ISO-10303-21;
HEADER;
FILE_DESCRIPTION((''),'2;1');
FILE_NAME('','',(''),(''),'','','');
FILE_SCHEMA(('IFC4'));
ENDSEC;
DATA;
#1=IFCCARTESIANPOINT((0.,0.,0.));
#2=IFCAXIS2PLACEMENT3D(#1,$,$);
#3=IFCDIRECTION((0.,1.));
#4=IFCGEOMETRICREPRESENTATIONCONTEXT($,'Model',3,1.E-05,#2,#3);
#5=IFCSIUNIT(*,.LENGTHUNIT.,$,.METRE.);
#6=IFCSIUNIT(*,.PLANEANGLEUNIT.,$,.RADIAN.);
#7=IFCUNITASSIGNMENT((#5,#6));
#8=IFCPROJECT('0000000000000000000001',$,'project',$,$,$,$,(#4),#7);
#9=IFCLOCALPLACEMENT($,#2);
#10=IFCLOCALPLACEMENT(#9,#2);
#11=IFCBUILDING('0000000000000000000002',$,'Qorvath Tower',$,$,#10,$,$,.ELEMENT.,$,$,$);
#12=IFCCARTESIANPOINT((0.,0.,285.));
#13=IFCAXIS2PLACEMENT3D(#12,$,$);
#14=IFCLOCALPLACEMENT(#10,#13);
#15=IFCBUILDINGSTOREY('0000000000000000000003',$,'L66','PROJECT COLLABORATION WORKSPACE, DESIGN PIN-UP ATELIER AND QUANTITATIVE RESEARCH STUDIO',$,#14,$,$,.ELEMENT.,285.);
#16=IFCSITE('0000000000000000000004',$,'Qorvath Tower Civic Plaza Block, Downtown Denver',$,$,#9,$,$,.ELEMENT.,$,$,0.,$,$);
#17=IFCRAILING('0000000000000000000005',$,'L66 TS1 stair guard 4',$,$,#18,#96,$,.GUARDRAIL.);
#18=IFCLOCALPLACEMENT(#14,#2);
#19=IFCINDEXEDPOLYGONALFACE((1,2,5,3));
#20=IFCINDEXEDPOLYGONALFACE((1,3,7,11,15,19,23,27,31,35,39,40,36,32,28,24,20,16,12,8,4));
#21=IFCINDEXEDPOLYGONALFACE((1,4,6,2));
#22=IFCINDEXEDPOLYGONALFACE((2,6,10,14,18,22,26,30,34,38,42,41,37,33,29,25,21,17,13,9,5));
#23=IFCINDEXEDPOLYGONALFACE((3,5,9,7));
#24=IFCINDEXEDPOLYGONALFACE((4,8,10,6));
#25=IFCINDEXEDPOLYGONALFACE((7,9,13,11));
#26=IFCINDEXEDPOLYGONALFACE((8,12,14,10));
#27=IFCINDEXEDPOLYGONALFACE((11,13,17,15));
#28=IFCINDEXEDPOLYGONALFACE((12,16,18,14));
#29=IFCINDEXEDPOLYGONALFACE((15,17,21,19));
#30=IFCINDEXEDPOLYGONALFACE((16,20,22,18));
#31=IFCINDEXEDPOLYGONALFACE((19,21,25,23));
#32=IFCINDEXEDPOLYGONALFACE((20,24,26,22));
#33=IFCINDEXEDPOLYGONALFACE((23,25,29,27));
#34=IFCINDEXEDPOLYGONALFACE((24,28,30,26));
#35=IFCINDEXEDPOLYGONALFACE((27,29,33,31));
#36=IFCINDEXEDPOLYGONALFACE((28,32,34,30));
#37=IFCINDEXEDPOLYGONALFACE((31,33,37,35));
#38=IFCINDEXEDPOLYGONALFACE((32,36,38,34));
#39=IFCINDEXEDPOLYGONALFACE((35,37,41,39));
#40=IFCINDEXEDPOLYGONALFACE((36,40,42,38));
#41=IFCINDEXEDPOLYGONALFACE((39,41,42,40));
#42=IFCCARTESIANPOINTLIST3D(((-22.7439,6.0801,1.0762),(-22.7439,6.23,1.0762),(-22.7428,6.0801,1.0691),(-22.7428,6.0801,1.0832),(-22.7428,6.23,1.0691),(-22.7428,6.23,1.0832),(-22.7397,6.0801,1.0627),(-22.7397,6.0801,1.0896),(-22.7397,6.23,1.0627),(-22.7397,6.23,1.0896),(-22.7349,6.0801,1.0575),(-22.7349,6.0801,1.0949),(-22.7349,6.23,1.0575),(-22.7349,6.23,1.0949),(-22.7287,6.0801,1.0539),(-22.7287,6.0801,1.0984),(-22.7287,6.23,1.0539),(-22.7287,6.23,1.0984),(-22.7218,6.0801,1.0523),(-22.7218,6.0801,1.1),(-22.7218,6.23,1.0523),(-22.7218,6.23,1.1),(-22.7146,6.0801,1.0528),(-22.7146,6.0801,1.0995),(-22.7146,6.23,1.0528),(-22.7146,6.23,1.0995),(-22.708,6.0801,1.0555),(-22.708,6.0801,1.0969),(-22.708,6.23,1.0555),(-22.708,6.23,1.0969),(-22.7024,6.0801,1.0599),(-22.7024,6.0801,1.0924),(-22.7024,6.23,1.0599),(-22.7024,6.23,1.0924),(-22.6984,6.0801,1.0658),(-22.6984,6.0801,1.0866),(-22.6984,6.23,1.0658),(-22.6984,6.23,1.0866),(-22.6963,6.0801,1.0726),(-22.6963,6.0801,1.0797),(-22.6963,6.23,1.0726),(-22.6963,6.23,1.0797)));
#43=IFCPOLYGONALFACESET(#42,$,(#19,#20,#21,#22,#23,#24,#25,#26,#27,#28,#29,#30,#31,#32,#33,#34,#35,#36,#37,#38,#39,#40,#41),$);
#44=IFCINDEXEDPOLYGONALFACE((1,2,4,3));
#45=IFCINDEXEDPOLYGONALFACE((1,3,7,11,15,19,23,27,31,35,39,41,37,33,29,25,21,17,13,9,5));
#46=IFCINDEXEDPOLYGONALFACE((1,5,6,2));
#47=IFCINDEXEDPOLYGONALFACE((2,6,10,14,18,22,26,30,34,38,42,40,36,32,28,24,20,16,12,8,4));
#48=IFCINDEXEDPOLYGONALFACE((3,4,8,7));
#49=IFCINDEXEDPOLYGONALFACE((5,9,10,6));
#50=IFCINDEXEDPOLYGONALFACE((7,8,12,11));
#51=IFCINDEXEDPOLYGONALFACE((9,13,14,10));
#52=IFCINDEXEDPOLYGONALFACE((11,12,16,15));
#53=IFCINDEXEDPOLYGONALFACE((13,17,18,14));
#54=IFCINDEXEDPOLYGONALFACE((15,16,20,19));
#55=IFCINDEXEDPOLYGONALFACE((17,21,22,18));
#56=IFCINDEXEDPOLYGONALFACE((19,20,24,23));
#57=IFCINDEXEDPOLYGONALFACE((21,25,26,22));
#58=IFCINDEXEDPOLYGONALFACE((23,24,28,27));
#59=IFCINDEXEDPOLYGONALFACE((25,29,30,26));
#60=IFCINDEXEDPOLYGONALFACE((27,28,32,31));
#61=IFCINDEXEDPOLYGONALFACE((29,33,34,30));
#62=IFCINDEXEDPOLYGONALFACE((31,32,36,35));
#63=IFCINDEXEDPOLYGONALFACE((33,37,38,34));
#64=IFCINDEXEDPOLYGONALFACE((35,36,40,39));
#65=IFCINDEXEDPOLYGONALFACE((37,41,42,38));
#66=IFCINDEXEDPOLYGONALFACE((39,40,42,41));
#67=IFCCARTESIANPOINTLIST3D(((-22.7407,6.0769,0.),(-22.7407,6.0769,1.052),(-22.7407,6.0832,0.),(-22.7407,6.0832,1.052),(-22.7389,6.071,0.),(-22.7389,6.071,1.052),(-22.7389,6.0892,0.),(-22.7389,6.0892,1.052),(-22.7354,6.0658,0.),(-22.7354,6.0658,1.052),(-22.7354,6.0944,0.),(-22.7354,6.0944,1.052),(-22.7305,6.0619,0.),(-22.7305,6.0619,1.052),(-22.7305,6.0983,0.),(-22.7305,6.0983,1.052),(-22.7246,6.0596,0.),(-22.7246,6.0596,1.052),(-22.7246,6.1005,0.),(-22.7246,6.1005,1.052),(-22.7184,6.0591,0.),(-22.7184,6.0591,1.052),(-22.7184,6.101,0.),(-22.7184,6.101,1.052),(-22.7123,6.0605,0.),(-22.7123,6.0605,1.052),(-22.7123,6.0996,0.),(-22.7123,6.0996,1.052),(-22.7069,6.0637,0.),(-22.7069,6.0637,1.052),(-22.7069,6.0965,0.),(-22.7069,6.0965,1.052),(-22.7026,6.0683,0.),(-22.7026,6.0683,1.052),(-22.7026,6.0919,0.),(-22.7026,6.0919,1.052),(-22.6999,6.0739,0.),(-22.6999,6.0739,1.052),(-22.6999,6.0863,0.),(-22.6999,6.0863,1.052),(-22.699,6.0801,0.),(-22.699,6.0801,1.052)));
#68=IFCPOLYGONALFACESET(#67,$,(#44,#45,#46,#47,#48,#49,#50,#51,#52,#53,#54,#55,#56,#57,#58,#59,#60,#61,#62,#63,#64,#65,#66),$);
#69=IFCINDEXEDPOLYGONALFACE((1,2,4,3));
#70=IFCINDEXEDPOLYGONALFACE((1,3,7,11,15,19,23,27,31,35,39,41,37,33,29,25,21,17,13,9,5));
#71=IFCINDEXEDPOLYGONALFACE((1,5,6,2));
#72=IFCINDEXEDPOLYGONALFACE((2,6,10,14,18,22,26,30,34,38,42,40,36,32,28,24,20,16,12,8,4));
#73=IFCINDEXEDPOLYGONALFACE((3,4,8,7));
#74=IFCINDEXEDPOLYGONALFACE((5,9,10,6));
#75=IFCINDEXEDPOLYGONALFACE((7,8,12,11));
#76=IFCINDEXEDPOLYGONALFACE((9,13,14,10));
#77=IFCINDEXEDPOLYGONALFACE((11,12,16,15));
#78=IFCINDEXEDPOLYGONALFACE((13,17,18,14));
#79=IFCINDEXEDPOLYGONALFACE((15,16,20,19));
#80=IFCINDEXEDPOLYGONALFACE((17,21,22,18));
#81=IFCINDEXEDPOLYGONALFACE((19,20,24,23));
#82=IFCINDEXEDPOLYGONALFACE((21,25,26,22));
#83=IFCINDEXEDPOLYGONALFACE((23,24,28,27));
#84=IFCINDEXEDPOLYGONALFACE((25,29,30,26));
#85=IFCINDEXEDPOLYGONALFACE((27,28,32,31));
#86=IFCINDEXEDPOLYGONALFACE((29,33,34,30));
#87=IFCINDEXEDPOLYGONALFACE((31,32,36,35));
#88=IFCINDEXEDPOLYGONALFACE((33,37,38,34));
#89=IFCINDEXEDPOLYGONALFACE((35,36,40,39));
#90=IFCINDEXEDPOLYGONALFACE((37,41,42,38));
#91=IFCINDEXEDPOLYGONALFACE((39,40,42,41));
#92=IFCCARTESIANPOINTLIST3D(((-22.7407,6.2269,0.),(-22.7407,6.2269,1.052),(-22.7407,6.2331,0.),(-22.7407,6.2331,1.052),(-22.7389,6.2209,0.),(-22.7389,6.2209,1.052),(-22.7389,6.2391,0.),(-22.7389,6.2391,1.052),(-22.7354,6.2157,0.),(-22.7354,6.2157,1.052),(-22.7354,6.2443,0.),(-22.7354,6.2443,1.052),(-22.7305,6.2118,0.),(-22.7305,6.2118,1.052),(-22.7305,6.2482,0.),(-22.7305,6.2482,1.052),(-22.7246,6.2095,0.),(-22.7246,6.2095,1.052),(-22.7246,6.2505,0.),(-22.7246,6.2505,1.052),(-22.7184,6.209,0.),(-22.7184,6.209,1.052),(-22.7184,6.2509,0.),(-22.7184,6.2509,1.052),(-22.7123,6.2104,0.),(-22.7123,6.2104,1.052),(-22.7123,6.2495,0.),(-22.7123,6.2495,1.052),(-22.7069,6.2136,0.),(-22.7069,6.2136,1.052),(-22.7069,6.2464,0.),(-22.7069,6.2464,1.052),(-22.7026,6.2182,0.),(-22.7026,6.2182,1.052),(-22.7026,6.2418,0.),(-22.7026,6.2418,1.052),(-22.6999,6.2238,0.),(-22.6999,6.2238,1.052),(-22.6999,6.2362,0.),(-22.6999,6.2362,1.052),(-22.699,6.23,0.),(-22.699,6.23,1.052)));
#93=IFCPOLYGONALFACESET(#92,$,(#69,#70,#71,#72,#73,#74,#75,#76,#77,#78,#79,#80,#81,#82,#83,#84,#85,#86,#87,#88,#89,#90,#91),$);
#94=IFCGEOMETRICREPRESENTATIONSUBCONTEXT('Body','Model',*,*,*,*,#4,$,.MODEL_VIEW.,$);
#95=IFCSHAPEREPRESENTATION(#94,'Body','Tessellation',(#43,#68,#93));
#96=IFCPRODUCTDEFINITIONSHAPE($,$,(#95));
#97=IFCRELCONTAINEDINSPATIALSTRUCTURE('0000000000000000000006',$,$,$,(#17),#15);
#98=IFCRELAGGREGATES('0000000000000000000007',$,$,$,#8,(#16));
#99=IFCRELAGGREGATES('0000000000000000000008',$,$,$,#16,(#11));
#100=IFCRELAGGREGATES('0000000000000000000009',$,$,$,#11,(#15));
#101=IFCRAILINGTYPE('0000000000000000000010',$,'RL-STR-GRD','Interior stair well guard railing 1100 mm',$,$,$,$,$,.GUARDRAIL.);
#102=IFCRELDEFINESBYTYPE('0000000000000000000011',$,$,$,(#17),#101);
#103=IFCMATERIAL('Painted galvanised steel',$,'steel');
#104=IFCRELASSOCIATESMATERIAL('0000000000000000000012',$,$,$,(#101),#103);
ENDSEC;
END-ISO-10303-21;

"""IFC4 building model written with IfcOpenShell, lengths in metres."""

from ifc_helpers import new_model, si_unit, direction, frame, origin, origin_2d, place, context, subcontext, project, spatial, circle, extrude, material, type_object, element, save


model = new_model("IFC4")

# Units and contexts
model_context = context("Model", 3, precision=1e-05, world=origin(), true_north=direction((0.0, 1.0)))
body_context = subcontext(model_context, "Body", "Model", "MODEL_VIEW")
ifc_project = project(units=[si_unit("LENGTHUNIT", "METRE"), si_unit("PLANEANGLEUNIT", "RADIAN")], contexts=[model_context])

# Site, building, storey
site_placement = place(None, origin())
site = spatial("IfcSite", under=ifc_project, at=site_placement, Name="Qorvath Tower Civic Plaza Block, Downtown Denver", CompositionType="ELEMENT", RefElevation=0.0)
building_placement = place(site_placement, origin())
building = spatial("IfcBuilding", under=site, at=building_placement, Name="Qorvath Tower", CompositionType="ELEMENT")
storey_placement = place(building_placement, frame((0.0, 0.0, 285.0)))
storey = spatial("IfcBuildingStorey", under=building, at=storey_placement, Name="L66", Description="PROJECT COLLABORATION WORKSPACE, DESIGN PIN-UP ATELIER AND QUANTITATIVE RESEARCH STUDIO", CompositionType="ELEMENT", Elevation=285.0)

# Railing
ifc_material_1 = material(Name="Painted galvanised steel", Category="steel")
railing_type_1 = type_object("IfcRailingType", Name="RL-STR-GRD", Description="Interior stair well guard railing 1100 mm", PredefinedType="GUARDRAIL", material=ifc_material_1)
railing_1_placement = place(storey_placement, frame((-22.72, 6.0801, 0.0)))
element("IfcRailing", 1, at=railing_1_placement, inside=storey, type_object=railing_type_1, Name="L66 TS1 stair guard 4", PredefinedType="GUARDRAIL", context=body_context, shape_type="SweptSolid", body=[
    extrude(circle(Radius=0.0239, at=origin_2d()), frame((0.0, 0.0, 1.0762), z_axis=(0.0, 1.0, 0.0), x_axis=(-1.0, 0.0, 0.0)), (0.0, 0.0, 1.0), 0.1499),
    extrude(circle(Radius=0.021, at=origin_2d()), origin(), (0.0, 0.0, 1.0), 1.052),
    extrude(circle(Radius=0.021, at=origin_2d()), frame((0.0, 0.1499, 0.0)), (0.0, 0.0, 1.0), 1.052),
])

save(model, "model.ifc")
